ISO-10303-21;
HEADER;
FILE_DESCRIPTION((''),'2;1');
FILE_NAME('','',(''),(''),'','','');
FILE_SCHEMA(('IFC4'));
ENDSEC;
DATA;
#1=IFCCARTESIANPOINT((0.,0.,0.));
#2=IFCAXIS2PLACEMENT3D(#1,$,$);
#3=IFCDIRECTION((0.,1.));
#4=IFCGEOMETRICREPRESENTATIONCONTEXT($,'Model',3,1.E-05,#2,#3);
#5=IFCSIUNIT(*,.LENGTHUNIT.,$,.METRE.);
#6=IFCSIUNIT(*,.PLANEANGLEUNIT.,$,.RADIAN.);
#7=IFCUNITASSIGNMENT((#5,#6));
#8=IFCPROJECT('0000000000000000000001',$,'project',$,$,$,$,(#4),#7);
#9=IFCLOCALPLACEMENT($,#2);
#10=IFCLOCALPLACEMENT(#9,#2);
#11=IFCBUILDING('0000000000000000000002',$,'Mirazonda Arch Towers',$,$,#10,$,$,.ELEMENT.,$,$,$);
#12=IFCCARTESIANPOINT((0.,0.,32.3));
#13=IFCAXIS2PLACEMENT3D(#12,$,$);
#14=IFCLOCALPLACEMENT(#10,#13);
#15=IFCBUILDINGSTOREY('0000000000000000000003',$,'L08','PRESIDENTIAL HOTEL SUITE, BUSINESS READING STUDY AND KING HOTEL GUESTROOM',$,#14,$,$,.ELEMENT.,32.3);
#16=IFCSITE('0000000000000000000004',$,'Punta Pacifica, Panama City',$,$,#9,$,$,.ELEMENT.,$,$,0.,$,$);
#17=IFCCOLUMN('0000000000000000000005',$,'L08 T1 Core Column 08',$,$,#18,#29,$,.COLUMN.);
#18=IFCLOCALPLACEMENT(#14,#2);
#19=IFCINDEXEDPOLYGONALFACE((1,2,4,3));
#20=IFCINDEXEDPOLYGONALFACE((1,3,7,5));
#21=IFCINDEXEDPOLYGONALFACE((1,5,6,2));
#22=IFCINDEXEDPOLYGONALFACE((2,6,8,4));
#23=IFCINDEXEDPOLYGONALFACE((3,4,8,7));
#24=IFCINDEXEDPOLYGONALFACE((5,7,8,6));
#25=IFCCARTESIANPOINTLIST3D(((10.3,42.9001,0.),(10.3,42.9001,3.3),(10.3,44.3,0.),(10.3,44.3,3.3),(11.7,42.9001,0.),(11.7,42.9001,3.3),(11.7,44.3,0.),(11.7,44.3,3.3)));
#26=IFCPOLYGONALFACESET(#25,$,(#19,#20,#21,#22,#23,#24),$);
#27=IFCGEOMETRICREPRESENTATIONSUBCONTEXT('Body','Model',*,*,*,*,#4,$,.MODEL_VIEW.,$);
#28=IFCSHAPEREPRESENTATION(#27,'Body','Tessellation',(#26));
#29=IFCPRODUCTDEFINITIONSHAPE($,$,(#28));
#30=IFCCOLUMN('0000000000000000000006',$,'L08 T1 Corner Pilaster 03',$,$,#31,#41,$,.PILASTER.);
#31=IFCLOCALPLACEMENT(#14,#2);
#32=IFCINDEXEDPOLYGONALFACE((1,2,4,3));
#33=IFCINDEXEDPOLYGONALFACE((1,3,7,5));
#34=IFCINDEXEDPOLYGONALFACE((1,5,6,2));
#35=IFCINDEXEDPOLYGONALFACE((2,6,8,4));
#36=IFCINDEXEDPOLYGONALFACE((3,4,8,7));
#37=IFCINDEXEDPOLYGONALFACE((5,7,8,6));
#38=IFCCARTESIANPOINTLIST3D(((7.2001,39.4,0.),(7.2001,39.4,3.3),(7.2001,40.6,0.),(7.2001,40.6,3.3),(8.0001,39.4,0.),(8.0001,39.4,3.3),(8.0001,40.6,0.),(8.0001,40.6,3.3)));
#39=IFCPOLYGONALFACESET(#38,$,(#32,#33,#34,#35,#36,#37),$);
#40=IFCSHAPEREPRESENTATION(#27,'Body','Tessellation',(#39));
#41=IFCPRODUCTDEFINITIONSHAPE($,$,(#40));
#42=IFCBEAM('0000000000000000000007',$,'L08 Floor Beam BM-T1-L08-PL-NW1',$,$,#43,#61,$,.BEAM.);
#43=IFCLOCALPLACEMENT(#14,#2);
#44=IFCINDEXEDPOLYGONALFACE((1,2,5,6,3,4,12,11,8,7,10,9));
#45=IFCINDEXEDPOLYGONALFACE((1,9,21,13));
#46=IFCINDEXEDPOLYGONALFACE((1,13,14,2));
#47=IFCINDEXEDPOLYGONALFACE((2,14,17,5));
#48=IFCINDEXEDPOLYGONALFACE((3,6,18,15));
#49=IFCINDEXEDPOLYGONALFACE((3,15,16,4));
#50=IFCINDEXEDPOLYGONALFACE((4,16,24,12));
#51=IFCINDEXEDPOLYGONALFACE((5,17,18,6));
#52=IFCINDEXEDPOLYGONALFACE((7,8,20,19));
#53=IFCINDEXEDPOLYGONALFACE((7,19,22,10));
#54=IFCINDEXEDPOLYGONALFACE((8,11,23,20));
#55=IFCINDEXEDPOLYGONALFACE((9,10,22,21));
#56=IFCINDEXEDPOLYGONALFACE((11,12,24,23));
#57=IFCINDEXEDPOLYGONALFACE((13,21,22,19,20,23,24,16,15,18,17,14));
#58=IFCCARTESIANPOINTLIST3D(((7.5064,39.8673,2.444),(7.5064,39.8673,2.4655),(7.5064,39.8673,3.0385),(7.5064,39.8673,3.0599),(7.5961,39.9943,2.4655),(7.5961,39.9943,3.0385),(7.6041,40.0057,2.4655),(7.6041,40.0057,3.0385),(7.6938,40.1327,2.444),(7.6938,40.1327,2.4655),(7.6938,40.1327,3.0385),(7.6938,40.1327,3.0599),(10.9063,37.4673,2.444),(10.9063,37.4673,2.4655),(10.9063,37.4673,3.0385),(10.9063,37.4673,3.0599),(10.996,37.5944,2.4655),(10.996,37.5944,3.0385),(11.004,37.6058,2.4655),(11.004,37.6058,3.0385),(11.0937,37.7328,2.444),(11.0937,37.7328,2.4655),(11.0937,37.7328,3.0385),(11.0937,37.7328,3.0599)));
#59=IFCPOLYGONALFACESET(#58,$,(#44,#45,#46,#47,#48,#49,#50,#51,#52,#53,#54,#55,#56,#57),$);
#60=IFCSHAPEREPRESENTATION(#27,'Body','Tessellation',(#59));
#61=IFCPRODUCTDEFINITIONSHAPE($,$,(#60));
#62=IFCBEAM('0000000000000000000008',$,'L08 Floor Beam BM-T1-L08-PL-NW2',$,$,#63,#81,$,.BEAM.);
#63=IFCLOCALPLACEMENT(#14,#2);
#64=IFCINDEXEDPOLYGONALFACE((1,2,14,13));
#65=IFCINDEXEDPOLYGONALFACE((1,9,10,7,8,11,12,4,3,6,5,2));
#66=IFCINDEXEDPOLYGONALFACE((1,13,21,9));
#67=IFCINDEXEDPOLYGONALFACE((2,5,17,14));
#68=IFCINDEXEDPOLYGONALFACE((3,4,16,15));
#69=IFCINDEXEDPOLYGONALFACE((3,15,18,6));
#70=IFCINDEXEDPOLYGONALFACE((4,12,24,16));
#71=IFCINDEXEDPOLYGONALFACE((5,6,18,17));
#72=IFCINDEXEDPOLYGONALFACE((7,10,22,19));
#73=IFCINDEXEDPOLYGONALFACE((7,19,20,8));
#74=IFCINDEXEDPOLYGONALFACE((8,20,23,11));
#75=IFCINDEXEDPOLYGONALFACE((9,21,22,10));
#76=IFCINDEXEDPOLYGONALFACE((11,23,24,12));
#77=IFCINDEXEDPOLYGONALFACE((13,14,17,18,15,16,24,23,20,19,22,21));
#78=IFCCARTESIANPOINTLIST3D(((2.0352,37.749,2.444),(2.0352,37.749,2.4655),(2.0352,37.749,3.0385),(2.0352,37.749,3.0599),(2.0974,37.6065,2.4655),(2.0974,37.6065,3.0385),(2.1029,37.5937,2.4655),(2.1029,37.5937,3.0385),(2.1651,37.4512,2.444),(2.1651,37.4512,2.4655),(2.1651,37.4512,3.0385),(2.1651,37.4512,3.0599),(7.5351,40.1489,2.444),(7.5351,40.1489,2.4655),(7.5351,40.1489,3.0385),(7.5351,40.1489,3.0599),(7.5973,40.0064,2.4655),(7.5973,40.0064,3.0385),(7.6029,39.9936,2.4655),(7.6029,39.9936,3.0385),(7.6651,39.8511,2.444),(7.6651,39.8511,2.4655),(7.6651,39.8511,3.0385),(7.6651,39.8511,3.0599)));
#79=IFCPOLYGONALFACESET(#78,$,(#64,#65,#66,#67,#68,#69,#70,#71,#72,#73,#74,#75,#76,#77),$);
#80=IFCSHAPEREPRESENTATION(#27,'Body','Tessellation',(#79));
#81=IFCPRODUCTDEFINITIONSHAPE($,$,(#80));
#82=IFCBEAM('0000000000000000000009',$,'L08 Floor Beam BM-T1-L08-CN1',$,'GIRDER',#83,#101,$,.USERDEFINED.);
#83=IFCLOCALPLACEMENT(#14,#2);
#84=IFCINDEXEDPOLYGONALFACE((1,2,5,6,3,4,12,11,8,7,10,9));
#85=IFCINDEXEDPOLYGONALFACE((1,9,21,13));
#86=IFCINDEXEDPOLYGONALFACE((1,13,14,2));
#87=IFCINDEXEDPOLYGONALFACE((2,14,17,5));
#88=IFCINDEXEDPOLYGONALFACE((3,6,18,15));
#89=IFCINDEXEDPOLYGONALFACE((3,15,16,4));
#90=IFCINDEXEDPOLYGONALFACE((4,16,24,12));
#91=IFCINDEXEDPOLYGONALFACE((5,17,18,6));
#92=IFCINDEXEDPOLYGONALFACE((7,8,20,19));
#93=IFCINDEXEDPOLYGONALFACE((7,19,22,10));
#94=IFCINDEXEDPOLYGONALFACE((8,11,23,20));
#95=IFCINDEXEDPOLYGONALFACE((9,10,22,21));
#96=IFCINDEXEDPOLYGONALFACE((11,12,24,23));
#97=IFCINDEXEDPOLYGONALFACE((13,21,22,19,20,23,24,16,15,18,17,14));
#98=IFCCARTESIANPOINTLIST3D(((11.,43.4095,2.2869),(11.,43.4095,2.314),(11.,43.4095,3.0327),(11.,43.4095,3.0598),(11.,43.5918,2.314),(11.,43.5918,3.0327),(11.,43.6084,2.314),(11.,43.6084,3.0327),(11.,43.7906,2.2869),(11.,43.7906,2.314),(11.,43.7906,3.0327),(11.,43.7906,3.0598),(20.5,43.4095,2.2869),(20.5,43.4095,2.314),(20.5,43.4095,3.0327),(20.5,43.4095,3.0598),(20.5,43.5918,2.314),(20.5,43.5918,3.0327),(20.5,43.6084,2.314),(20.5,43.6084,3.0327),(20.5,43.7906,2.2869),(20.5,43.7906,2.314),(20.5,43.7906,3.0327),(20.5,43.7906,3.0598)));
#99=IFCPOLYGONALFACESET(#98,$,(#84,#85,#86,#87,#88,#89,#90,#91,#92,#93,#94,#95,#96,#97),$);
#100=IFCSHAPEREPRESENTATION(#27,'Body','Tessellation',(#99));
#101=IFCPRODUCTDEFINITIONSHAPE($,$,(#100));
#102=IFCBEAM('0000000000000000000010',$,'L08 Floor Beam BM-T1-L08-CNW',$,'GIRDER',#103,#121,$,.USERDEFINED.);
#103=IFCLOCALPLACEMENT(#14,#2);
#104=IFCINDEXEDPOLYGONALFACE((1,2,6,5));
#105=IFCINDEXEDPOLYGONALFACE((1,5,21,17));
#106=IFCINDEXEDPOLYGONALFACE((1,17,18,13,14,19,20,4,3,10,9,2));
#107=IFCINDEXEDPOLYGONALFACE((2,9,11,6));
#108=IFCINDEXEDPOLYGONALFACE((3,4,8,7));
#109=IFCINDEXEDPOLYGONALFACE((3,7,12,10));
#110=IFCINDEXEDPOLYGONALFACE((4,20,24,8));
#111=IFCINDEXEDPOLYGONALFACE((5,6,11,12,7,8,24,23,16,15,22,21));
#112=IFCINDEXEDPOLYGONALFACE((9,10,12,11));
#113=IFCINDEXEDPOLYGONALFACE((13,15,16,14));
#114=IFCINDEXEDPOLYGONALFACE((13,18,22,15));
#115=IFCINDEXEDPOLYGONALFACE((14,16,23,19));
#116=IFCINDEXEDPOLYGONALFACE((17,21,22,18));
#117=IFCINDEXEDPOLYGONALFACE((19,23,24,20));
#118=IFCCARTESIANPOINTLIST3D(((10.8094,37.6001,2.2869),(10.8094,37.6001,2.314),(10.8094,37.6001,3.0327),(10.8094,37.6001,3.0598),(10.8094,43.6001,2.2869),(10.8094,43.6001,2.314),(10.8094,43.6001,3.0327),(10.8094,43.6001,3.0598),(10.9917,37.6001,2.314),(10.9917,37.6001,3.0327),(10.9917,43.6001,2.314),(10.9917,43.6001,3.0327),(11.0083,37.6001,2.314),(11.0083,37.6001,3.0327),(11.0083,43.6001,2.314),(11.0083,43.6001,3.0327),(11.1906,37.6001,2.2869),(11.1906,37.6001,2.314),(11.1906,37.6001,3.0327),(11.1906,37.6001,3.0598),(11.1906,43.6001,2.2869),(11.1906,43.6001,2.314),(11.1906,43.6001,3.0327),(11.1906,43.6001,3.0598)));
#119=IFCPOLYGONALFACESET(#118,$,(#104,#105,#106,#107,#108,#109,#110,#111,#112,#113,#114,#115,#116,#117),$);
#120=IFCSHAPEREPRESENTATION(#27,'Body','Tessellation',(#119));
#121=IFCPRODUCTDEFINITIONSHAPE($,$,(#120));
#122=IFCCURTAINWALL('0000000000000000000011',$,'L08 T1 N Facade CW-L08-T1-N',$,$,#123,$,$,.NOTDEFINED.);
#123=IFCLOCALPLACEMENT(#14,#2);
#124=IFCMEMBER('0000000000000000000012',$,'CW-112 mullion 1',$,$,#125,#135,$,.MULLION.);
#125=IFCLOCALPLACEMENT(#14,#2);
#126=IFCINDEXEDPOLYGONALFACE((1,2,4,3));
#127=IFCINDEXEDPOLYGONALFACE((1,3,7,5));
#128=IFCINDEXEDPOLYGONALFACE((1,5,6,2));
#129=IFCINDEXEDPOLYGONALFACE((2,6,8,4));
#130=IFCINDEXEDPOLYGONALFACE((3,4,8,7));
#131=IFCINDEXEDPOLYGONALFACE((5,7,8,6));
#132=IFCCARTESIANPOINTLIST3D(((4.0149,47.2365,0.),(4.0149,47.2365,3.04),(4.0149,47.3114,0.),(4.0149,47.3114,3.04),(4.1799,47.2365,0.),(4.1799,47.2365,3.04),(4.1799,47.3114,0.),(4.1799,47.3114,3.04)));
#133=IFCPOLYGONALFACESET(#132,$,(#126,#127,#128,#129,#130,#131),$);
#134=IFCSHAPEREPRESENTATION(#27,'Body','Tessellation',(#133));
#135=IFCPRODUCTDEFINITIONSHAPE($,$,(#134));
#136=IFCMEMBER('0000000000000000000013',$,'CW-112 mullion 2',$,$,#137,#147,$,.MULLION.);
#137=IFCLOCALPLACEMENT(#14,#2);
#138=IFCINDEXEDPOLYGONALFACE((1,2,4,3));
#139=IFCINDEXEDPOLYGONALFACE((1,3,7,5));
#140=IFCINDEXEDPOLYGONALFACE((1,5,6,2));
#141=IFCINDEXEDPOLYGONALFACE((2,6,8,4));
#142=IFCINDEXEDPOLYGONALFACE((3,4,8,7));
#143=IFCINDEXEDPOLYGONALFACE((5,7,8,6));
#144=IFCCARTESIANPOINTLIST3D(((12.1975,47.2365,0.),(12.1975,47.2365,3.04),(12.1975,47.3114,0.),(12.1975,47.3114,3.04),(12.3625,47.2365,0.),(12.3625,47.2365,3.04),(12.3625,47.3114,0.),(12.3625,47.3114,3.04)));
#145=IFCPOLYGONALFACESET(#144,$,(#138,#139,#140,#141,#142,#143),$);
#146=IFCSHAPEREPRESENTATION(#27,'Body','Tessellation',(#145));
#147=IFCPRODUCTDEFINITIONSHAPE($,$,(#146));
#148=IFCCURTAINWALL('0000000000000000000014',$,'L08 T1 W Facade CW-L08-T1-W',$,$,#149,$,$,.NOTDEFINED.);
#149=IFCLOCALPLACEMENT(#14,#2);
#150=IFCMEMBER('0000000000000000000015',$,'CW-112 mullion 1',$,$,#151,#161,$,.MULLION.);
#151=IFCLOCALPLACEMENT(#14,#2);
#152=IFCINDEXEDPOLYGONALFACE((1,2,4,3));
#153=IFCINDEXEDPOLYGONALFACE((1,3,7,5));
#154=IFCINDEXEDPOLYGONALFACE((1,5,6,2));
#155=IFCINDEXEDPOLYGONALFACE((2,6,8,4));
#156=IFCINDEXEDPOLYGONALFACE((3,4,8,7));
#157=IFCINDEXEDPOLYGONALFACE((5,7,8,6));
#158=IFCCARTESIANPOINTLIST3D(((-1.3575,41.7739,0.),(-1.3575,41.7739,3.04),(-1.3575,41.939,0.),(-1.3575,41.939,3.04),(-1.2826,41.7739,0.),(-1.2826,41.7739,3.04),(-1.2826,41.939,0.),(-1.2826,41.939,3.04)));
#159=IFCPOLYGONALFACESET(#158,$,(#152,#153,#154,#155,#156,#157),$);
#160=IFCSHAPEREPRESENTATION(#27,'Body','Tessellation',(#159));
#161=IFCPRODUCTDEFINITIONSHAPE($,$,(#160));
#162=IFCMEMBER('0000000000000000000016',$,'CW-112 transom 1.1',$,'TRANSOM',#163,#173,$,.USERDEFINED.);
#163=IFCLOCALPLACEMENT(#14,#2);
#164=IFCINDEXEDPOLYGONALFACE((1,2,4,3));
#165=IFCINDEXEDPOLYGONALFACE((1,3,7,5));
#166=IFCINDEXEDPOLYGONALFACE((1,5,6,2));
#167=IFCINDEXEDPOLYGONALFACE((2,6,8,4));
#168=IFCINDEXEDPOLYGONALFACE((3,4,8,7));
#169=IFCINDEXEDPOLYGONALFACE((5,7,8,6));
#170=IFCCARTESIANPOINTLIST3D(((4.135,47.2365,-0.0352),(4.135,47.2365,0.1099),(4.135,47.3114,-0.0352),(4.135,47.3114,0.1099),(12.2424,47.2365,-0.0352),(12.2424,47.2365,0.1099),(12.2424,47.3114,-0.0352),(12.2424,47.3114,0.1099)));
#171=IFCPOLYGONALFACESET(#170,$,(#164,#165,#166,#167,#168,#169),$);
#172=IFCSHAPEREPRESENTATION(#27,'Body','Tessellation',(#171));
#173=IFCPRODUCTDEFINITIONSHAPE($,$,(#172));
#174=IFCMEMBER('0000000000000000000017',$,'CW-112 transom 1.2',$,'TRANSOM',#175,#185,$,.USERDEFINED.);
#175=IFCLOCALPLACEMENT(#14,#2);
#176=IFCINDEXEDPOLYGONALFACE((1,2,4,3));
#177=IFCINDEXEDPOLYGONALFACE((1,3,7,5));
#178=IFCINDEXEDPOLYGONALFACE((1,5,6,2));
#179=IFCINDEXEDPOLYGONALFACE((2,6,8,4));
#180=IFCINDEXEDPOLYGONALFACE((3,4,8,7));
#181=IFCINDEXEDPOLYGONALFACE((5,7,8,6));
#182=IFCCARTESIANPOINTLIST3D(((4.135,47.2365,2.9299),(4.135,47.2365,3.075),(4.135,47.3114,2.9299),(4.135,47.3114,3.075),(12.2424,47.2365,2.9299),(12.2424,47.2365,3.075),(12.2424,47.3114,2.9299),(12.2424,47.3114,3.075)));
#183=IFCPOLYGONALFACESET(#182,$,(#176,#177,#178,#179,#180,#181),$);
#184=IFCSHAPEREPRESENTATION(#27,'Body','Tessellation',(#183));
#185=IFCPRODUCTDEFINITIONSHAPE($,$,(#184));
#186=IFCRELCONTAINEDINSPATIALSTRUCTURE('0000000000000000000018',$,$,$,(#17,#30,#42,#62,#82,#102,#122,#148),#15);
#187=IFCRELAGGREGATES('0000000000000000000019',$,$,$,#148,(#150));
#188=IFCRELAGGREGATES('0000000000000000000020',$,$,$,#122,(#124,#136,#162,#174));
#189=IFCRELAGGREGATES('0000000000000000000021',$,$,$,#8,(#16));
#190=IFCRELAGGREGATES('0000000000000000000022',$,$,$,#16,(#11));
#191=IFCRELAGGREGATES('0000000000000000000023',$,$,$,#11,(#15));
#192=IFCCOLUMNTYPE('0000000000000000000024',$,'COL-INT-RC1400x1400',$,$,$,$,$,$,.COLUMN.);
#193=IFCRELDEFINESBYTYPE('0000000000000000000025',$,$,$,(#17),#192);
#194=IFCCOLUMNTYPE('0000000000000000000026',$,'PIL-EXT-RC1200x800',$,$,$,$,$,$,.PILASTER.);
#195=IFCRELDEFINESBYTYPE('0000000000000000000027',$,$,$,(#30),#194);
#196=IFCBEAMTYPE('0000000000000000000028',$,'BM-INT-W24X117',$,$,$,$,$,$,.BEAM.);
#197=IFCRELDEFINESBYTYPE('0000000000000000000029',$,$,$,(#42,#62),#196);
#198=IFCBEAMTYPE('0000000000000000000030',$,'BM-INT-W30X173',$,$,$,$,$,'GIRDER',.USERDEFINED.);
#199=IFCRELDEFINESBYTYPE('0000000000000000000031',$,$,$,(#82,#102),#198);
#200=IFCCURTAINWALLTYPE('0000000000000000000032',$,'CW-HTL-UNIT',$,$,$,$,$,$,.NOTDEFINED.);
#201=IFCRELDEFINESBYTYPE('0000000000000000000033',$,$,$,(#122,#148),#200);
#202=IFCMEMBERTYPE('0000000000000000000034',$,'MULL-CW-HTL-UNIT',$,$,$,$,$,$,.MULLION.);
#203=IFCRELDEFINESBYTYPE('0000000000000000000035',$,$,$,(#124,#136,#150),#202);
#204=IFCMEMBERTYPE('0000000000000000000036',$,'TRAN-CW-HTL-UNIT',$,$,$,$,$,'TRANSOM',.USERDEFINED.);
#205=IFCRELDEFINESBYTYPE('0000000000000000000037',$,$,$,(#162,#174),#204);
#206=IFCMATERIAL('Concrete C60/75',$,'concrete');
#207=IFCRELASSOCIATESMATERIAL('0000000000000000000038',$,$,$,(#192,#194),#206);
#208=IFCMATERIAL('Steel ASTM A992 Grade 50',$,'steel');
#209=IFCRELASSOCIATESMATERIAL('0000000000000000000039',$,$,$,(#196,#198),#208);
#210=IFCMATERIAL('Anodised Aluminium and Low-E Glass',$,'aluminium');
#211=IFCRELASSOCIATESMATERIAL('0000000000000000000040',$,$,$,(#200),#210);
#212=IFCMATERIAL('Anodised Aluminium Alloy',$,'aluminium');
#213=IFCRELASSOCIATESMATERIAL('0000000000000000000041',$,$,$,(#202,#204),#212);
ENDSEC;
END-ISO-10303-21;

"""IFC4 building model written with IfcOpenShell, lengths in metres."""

from ifc_helpers import new_model, si_unit, direction, frame, origin, origin_2d, place, context, subcontext, project, spatial, rectangle, i_section, extrude, material, material_profile, profile_set, type_object, element, aggregate, save


model = new_model("IFC4")

# Units and contexts
model_context = context("Model", 3, precision=1e-05, world=origin(), true_north=direction((0.0, 1.0)))
body_context = subcontext(model_context, "Body", "Model", "MODEL_VIEW")
ifc_project = project(units=[si_unit("LENGTHUNIT", "METRE"), si_unit("PLANEANGLEUNIT", "RADIAN")], contexts=[model_context])

# Site, building, storey
site_placement = place(None, origin())
site = spatial("IfcSite", under=ifc_project, at=site_placement, Name="Punta Pacifica, Panama City", CompositionType="ELEMENT", RefElevation=0.0)
building_placement = place(site_placement, origin())
building = spatial("IfcBuilding", under=site, at=building_placement, Name="Mirazonda Arch Towers", CompositionType="ELEMENT")
storey_placement = place(building_placement, frame((0.0, 0.0, 32.3)))
storey = spatial("IfcBuildingStorey", under=building, at=storey_placement, Name="L08", Description="PRESIDENTIAL HOTEL SUITE, BUSINESS READING STUDY AND KING HOTEL GUESTROOM", CompositionType="ELEMENT", Elevation=32.3)

# Columns
ifc_material_1 = material(Name="Concrete C60/75", Category="concrete")
ifc_material_profile_1 = material_profile(ifc_material_1, rectangle(XDim=1.3999, YDim=1.3999, at=origin_2d()), Name="RC1400x1400")
ifc_profile_set_1 = profile_set([ifc_material_profile_1], Name="Concrete C60/75")
column_type_1 = type_object("IfcColumnType", Name="COL-INT-RC1400x1400", PredefinedType="COLUMN", material=ifc_profile_set_1)
column_1_placement = place(storey_placement, frame((11.0, 43.6001, 0.0), z_axis=(0.0, 0.0, 1.0), x_axis=(1.0, 0.0, 0.0)))
element("IfcColumn", 1, at=column_1_placement, inside=storey, type_object=column_type_1, Name="L08 T1 Core Column 08", PredefinedType="COLUMN", context=body_context, shape_type="SweptSolid", body=[
    extrude(rectangle(XDim=1.3999, YDim=1.3999, at=origin_2d()), origin(), (0.0, 0.0, 1.0), 3.3),
])
ifc_material_profile_2 = material_profile(ifc_material_1, rectangle(XDim=0.8, YDim=1.2, at=origin_2d()), Name="RC1200x800")
ifc_profile_set_2 = profile_set([ifc_material_profile_2], Name="Concrete C60/75")
column_type_2 = type_object("IfcColumnType", Name="PIL-EXT-RC1200x800", PredefinedType="PILASTER", material=ifc_profile_set_2)
column_2_placement = place(storey_placement, frame((7.6001, 40.0, 0.0), z_axis=(0.0, 0.0, 1.0), x_axis=(1.0, 0.0, 0.0)))
element("IfcColumn", 2, at=column_2_placement, inside=storey, type_object=column_type_2, Name="L08 T1 Corner Pilaster 03", PredefinedType="PILASTER", context=body_context, shape_type="SweptSolid", body=[
    extrude(rectangle(XDim=0.8, YDim=1.2, at=origin_2d()), origin(), (0.0, 0.0, 1.0), 3.3),
])

# Beams
ifc_material_2 = material(Name="Steel ASTM A992 Grade 50", Category="steel")
ifc_material_profile_3 = material_profile(ifc_material_2, i_section(OverallWidth=0.325, OverallDepth=0.616, WebThickness=0.0139, FlangeThickness=0.0215, at=origin_2d()), Name="W24X117")
ifc_profile_set_3 = profile_set([ifc_material_profile_3], Name="Steel ASTM A992 Grade 50")
beam_type_1 = type_object("IfcBeamType", Name="BM-INT-W24X117", PredefinedType="BEAM", material=ifc_profile_set_3)
beam_1_placement = place(storey_placement, frame((7.6001, 40.0, 2.752), z_axis=(0.816971, -0.576679, 0.0), x_axis=(0.576679, 0.816971, 0.0)))
element("IfcBeam", 3, at=beam_1_placement, inside=storey, type_object=beam_type_1, Name="L08 Floor Beam BM-T1-L08-PL-NW1", PredefinedType="BEAM", context=body_context, shape_type="SweptSolid", body=[
    extrude(i_section(OverallWidth=0.325, OverallDepth=0.616, WebThickness=0.0139, FlangeThickness=0.0215, at=origin_2d()), origin(), (0.0, 0.0, 1.0), 4.1616),
])
beam_2_placement = place(storey_placement, frame((7.6001, 40.0, 2.752), z_axis=(-0.916545, -0.399931, 0.0), x_axis=(0.399931, -0.916545, 0.0)))
element("IfcBeam", 4, at=beam_2_placement, inside=storey, type_object=beam_type_1, Name="L08 Floor Beam BM-T1-L08-PL-NW2", PredefinedType="BEAM", context=body_context, shape_type="SweptSolid", body=[
    extrude(i_section(OverallWidth=0.325, OverallDepth=0.616, WebThickness=0.0139, FlangeThickness=0.0215, at=origin_2d()), origin(), (0.0, 0.0, 1.0), 6.0007),
])
ifc_material_profile_4 = material_profile(ifc_material_2, i_section(OverallWidth=0.3811, OverallDepth=0.7729, WebThickness=0.0166, FlangeThickness=0.0271, at=origin_2d()), Name="W30X173")
ifc_profile_set_4 = profile_set([ifc_material_profile_4], Name="Steel ASTM A992 Grade 50")
beam_type_2 = type_object("IfcBeamType", Name="BM-INT-W30X173", ElementType="GIRDER", PredefinedType="USERDEFINED", material=ifc_profile_set_4)
beam_3_placement = place(storey_placement, frame((11.0, 43.6001, 2.6733), z_axis=(1.0, 0.0, 0.0), x_axis=(0.0, 1.0, 0.0)))
element("IfcBeam", 5, at=beam_3_placement, inside=storey, type_object=beam_type_2, Name="L08 Floor Beam BM-T1-L08-CN1", ObjectType="GIRDER", PredefinedType="USERDEFINED", context=body_context, shape_type="SweptSolid", body=[
    extrude(i_section(OverallWidth=0.3811, OverallDepth=0.7729, WebThickness=0.0166, FlangeThickness=0.0271, at=origin_2d()), origin(), (0.0, 0.0, 1.0), 9.5),
])
beam_4_placement = place(storey_placement, frame((11.0, 37.6001, 2.6733), z_axis=(0.0, 1.0, 0.0), x_axis=(-1.0, 0.0, 0.0)))
element("IfcBeam", 6, at=beam_4_placement, inside=storey, type_object=beam_type_2, Name="L08 Floor Beam BM-T1-L08-CNW", ObjectType="GIRDER", PredefinedType="USERDEFINED", context=body_context, shape_type="SweptSolid", body=[
    extrude(i_section(OverallWidth=0.3811, OverallDepth=0.7729, WebThickness=0.0166, FlangeThickness=0.0271, at=origin_2d()), origin(), (0.0, 0.0, 1.0), 6.0),
])

# Curtain wall, members
ifc_material_3 = material(Name="Anodised Aluminium and Low-E Glass", Category="aluminium")
curtain_wall_type = type_object("IfcCurtainWallType", Name="CW-HTL-UNIT", PredefinedType="NOTDEFINED", material=ifc_material_3)
curtain_wall_1_placement = place(storey_placement, origin())
curtain_wall_1 = element("IfcCurtainWall", 7, at=curtain_wall_1_placement, inside=storey, type_object=curtain_wall_type, Name="L08 T1 N Facade CW-L08-T1-N", PredefinedType="NOTDEFINED")
ifc_material_4 = material(Name="Anodised Aluminium Alloy", Category="aluminium")
ifc_material_profile_5 = material_profile(ifc_material_4, rectangle(XDim=0.075, YDim=0.165, at=origin_2d()), Name="ALU-MULL-75x165")
ifc_profile_set_5 = profile_set([ifc_material_profile_5], Name="Anodised Aluminium Alloy")
member_type_1 = type_object("IfcMemberType", Name="MULL-CW-HTL-UNIT", PredefinedType="MULLION", material=ifc_profile_set_5)
member_1_placement = place(storey_placement, frame((4.0974, 47.2739, 0.0), z_axis=(0.0, 0.0, 1.0), x_axis=(0.0, 1.0, 0.0)))
member_1 = element("IfcMember", 8, at=member_1_placement, type_object=member_type_1, Name="CW-112 mullion 1", PredefinedType="MULLION", context=body_context, shape_type="SweptSolid", body=[
    extrude(rectangle(XDim=0.075, YDim=0.165, at=origin_2d()), origin(), (0.0, 0.0, 1.0), 3.04),
])
member_2_placement = place(storey_placement, frame((12.28, 47.2739, 0.0), z_axis=(0.0, 0.0, 1.0), x_axis=(0.0, 1.0, 0.0)))
member_2 = element("IfcMember", 9, at=member_2_placement, type_object=member_type_1, Name="CW-112 mullion 2", PredefinedType="MULLION", context=body_context, shape_type="SweptSolid", body=[
    extrude(rectangle(XDim=0.075, YDim=0.165, at=origin_2d()), origin(), (0.0, 0.0, 1.0), 3.04),
])

# Curtain wall, member
curtain_wall_2_placement = place(storey_placement, origin())
curtain_wall_2 = element("IfcCurtainWall", 10, at=curtain_wall_2_placement, inside=storey, type_object=curtain_wall_type, Name="L08 T1 W Facade CW-L08-T1-W", PredefinedType="NOTDEFINED")
member_3_placement = place(storey_placement, frame((-1.3201, 41.8564, 0.0), z_axis=(0.0, 0.0, 1.0), x_axis=(1.0, 0.0, 0.0)))
member_3 = element("IfcMember", 11, at=member_3_placement, type_object=member_type_1, Name="CW-112 mullion 1", PredefinedType="MULLION", context=body_context, shape_type="SweptSolid", body=[
    extrude(rectangle(XDim=0.075, YDim=0.165, at=origin_2d()), origin(), (0.0, 0.0, 1.0), 3.04),
])

# Members
ifc_material_profile_6 = material_profile(ifc_material_4, rectangle(XDim=0.075, YDim=0.145, at=origin_2d()), Name="ALU-TRAN-75x145")
ifc_profile_set_6 = profile_set([ifc_material_profile_6], Name="Anodised Aluminium Alloy")
member_type_2 = type_object("IfcMemberType", Name="TRAN-CW-HTL-UNIT", ElementType="TRANSOM", PredefinedType="USERDEFINED", material=ifc_profile_set_6)
member_4_placement = place(storey_placement, frame((4.135, 47.2739, 0.0374), z_axis=(1.0, 0.0, 0.0), x_axis=(0.0, 1.0, 0.0)))
member_4 = element("IfcMember", 12, at=member_4_placement, type_object=member_type_2, Name="CW-112 transom 1.1", ObjectType="TRANSOM", PredefinedType="USERDEFINED", context=body_context, shape_type="SweptSolid", body=[
    extrude(rectangle(XDim=0.075, YDim=0.145, at=origin_2d()), origin(), (0.0, 0.0, 1.0), 8.1074),
])
member_5_placement = place(storey_placement, frame((4.135, 47.2739, 3.0024), z_axis=(1.0, 0.0, 0.0), x_axis=(0.0, 1.0, 0.0)))
member_5 = element("IfcMember", 13, at=member_5_placement, type_object=member_type_2, Name="CW-112 transom 1.2", ObjectType="TRANSOM", PredefinedType="USERDEFINED", context=body_context, shape_type="SweptSolid", body=[
    extrude(rectangle(XDim=0.075, YDim=0.145, at=origin_2d()), origin(), (0.0, 0.0, 1.0), 8.1074),
])
aggregate(curtain_wall_2, [member_3])

aggregate(curtain_wall_1, [member_1, member_2, member_4, member_5])

save(model, "model.ifc")
